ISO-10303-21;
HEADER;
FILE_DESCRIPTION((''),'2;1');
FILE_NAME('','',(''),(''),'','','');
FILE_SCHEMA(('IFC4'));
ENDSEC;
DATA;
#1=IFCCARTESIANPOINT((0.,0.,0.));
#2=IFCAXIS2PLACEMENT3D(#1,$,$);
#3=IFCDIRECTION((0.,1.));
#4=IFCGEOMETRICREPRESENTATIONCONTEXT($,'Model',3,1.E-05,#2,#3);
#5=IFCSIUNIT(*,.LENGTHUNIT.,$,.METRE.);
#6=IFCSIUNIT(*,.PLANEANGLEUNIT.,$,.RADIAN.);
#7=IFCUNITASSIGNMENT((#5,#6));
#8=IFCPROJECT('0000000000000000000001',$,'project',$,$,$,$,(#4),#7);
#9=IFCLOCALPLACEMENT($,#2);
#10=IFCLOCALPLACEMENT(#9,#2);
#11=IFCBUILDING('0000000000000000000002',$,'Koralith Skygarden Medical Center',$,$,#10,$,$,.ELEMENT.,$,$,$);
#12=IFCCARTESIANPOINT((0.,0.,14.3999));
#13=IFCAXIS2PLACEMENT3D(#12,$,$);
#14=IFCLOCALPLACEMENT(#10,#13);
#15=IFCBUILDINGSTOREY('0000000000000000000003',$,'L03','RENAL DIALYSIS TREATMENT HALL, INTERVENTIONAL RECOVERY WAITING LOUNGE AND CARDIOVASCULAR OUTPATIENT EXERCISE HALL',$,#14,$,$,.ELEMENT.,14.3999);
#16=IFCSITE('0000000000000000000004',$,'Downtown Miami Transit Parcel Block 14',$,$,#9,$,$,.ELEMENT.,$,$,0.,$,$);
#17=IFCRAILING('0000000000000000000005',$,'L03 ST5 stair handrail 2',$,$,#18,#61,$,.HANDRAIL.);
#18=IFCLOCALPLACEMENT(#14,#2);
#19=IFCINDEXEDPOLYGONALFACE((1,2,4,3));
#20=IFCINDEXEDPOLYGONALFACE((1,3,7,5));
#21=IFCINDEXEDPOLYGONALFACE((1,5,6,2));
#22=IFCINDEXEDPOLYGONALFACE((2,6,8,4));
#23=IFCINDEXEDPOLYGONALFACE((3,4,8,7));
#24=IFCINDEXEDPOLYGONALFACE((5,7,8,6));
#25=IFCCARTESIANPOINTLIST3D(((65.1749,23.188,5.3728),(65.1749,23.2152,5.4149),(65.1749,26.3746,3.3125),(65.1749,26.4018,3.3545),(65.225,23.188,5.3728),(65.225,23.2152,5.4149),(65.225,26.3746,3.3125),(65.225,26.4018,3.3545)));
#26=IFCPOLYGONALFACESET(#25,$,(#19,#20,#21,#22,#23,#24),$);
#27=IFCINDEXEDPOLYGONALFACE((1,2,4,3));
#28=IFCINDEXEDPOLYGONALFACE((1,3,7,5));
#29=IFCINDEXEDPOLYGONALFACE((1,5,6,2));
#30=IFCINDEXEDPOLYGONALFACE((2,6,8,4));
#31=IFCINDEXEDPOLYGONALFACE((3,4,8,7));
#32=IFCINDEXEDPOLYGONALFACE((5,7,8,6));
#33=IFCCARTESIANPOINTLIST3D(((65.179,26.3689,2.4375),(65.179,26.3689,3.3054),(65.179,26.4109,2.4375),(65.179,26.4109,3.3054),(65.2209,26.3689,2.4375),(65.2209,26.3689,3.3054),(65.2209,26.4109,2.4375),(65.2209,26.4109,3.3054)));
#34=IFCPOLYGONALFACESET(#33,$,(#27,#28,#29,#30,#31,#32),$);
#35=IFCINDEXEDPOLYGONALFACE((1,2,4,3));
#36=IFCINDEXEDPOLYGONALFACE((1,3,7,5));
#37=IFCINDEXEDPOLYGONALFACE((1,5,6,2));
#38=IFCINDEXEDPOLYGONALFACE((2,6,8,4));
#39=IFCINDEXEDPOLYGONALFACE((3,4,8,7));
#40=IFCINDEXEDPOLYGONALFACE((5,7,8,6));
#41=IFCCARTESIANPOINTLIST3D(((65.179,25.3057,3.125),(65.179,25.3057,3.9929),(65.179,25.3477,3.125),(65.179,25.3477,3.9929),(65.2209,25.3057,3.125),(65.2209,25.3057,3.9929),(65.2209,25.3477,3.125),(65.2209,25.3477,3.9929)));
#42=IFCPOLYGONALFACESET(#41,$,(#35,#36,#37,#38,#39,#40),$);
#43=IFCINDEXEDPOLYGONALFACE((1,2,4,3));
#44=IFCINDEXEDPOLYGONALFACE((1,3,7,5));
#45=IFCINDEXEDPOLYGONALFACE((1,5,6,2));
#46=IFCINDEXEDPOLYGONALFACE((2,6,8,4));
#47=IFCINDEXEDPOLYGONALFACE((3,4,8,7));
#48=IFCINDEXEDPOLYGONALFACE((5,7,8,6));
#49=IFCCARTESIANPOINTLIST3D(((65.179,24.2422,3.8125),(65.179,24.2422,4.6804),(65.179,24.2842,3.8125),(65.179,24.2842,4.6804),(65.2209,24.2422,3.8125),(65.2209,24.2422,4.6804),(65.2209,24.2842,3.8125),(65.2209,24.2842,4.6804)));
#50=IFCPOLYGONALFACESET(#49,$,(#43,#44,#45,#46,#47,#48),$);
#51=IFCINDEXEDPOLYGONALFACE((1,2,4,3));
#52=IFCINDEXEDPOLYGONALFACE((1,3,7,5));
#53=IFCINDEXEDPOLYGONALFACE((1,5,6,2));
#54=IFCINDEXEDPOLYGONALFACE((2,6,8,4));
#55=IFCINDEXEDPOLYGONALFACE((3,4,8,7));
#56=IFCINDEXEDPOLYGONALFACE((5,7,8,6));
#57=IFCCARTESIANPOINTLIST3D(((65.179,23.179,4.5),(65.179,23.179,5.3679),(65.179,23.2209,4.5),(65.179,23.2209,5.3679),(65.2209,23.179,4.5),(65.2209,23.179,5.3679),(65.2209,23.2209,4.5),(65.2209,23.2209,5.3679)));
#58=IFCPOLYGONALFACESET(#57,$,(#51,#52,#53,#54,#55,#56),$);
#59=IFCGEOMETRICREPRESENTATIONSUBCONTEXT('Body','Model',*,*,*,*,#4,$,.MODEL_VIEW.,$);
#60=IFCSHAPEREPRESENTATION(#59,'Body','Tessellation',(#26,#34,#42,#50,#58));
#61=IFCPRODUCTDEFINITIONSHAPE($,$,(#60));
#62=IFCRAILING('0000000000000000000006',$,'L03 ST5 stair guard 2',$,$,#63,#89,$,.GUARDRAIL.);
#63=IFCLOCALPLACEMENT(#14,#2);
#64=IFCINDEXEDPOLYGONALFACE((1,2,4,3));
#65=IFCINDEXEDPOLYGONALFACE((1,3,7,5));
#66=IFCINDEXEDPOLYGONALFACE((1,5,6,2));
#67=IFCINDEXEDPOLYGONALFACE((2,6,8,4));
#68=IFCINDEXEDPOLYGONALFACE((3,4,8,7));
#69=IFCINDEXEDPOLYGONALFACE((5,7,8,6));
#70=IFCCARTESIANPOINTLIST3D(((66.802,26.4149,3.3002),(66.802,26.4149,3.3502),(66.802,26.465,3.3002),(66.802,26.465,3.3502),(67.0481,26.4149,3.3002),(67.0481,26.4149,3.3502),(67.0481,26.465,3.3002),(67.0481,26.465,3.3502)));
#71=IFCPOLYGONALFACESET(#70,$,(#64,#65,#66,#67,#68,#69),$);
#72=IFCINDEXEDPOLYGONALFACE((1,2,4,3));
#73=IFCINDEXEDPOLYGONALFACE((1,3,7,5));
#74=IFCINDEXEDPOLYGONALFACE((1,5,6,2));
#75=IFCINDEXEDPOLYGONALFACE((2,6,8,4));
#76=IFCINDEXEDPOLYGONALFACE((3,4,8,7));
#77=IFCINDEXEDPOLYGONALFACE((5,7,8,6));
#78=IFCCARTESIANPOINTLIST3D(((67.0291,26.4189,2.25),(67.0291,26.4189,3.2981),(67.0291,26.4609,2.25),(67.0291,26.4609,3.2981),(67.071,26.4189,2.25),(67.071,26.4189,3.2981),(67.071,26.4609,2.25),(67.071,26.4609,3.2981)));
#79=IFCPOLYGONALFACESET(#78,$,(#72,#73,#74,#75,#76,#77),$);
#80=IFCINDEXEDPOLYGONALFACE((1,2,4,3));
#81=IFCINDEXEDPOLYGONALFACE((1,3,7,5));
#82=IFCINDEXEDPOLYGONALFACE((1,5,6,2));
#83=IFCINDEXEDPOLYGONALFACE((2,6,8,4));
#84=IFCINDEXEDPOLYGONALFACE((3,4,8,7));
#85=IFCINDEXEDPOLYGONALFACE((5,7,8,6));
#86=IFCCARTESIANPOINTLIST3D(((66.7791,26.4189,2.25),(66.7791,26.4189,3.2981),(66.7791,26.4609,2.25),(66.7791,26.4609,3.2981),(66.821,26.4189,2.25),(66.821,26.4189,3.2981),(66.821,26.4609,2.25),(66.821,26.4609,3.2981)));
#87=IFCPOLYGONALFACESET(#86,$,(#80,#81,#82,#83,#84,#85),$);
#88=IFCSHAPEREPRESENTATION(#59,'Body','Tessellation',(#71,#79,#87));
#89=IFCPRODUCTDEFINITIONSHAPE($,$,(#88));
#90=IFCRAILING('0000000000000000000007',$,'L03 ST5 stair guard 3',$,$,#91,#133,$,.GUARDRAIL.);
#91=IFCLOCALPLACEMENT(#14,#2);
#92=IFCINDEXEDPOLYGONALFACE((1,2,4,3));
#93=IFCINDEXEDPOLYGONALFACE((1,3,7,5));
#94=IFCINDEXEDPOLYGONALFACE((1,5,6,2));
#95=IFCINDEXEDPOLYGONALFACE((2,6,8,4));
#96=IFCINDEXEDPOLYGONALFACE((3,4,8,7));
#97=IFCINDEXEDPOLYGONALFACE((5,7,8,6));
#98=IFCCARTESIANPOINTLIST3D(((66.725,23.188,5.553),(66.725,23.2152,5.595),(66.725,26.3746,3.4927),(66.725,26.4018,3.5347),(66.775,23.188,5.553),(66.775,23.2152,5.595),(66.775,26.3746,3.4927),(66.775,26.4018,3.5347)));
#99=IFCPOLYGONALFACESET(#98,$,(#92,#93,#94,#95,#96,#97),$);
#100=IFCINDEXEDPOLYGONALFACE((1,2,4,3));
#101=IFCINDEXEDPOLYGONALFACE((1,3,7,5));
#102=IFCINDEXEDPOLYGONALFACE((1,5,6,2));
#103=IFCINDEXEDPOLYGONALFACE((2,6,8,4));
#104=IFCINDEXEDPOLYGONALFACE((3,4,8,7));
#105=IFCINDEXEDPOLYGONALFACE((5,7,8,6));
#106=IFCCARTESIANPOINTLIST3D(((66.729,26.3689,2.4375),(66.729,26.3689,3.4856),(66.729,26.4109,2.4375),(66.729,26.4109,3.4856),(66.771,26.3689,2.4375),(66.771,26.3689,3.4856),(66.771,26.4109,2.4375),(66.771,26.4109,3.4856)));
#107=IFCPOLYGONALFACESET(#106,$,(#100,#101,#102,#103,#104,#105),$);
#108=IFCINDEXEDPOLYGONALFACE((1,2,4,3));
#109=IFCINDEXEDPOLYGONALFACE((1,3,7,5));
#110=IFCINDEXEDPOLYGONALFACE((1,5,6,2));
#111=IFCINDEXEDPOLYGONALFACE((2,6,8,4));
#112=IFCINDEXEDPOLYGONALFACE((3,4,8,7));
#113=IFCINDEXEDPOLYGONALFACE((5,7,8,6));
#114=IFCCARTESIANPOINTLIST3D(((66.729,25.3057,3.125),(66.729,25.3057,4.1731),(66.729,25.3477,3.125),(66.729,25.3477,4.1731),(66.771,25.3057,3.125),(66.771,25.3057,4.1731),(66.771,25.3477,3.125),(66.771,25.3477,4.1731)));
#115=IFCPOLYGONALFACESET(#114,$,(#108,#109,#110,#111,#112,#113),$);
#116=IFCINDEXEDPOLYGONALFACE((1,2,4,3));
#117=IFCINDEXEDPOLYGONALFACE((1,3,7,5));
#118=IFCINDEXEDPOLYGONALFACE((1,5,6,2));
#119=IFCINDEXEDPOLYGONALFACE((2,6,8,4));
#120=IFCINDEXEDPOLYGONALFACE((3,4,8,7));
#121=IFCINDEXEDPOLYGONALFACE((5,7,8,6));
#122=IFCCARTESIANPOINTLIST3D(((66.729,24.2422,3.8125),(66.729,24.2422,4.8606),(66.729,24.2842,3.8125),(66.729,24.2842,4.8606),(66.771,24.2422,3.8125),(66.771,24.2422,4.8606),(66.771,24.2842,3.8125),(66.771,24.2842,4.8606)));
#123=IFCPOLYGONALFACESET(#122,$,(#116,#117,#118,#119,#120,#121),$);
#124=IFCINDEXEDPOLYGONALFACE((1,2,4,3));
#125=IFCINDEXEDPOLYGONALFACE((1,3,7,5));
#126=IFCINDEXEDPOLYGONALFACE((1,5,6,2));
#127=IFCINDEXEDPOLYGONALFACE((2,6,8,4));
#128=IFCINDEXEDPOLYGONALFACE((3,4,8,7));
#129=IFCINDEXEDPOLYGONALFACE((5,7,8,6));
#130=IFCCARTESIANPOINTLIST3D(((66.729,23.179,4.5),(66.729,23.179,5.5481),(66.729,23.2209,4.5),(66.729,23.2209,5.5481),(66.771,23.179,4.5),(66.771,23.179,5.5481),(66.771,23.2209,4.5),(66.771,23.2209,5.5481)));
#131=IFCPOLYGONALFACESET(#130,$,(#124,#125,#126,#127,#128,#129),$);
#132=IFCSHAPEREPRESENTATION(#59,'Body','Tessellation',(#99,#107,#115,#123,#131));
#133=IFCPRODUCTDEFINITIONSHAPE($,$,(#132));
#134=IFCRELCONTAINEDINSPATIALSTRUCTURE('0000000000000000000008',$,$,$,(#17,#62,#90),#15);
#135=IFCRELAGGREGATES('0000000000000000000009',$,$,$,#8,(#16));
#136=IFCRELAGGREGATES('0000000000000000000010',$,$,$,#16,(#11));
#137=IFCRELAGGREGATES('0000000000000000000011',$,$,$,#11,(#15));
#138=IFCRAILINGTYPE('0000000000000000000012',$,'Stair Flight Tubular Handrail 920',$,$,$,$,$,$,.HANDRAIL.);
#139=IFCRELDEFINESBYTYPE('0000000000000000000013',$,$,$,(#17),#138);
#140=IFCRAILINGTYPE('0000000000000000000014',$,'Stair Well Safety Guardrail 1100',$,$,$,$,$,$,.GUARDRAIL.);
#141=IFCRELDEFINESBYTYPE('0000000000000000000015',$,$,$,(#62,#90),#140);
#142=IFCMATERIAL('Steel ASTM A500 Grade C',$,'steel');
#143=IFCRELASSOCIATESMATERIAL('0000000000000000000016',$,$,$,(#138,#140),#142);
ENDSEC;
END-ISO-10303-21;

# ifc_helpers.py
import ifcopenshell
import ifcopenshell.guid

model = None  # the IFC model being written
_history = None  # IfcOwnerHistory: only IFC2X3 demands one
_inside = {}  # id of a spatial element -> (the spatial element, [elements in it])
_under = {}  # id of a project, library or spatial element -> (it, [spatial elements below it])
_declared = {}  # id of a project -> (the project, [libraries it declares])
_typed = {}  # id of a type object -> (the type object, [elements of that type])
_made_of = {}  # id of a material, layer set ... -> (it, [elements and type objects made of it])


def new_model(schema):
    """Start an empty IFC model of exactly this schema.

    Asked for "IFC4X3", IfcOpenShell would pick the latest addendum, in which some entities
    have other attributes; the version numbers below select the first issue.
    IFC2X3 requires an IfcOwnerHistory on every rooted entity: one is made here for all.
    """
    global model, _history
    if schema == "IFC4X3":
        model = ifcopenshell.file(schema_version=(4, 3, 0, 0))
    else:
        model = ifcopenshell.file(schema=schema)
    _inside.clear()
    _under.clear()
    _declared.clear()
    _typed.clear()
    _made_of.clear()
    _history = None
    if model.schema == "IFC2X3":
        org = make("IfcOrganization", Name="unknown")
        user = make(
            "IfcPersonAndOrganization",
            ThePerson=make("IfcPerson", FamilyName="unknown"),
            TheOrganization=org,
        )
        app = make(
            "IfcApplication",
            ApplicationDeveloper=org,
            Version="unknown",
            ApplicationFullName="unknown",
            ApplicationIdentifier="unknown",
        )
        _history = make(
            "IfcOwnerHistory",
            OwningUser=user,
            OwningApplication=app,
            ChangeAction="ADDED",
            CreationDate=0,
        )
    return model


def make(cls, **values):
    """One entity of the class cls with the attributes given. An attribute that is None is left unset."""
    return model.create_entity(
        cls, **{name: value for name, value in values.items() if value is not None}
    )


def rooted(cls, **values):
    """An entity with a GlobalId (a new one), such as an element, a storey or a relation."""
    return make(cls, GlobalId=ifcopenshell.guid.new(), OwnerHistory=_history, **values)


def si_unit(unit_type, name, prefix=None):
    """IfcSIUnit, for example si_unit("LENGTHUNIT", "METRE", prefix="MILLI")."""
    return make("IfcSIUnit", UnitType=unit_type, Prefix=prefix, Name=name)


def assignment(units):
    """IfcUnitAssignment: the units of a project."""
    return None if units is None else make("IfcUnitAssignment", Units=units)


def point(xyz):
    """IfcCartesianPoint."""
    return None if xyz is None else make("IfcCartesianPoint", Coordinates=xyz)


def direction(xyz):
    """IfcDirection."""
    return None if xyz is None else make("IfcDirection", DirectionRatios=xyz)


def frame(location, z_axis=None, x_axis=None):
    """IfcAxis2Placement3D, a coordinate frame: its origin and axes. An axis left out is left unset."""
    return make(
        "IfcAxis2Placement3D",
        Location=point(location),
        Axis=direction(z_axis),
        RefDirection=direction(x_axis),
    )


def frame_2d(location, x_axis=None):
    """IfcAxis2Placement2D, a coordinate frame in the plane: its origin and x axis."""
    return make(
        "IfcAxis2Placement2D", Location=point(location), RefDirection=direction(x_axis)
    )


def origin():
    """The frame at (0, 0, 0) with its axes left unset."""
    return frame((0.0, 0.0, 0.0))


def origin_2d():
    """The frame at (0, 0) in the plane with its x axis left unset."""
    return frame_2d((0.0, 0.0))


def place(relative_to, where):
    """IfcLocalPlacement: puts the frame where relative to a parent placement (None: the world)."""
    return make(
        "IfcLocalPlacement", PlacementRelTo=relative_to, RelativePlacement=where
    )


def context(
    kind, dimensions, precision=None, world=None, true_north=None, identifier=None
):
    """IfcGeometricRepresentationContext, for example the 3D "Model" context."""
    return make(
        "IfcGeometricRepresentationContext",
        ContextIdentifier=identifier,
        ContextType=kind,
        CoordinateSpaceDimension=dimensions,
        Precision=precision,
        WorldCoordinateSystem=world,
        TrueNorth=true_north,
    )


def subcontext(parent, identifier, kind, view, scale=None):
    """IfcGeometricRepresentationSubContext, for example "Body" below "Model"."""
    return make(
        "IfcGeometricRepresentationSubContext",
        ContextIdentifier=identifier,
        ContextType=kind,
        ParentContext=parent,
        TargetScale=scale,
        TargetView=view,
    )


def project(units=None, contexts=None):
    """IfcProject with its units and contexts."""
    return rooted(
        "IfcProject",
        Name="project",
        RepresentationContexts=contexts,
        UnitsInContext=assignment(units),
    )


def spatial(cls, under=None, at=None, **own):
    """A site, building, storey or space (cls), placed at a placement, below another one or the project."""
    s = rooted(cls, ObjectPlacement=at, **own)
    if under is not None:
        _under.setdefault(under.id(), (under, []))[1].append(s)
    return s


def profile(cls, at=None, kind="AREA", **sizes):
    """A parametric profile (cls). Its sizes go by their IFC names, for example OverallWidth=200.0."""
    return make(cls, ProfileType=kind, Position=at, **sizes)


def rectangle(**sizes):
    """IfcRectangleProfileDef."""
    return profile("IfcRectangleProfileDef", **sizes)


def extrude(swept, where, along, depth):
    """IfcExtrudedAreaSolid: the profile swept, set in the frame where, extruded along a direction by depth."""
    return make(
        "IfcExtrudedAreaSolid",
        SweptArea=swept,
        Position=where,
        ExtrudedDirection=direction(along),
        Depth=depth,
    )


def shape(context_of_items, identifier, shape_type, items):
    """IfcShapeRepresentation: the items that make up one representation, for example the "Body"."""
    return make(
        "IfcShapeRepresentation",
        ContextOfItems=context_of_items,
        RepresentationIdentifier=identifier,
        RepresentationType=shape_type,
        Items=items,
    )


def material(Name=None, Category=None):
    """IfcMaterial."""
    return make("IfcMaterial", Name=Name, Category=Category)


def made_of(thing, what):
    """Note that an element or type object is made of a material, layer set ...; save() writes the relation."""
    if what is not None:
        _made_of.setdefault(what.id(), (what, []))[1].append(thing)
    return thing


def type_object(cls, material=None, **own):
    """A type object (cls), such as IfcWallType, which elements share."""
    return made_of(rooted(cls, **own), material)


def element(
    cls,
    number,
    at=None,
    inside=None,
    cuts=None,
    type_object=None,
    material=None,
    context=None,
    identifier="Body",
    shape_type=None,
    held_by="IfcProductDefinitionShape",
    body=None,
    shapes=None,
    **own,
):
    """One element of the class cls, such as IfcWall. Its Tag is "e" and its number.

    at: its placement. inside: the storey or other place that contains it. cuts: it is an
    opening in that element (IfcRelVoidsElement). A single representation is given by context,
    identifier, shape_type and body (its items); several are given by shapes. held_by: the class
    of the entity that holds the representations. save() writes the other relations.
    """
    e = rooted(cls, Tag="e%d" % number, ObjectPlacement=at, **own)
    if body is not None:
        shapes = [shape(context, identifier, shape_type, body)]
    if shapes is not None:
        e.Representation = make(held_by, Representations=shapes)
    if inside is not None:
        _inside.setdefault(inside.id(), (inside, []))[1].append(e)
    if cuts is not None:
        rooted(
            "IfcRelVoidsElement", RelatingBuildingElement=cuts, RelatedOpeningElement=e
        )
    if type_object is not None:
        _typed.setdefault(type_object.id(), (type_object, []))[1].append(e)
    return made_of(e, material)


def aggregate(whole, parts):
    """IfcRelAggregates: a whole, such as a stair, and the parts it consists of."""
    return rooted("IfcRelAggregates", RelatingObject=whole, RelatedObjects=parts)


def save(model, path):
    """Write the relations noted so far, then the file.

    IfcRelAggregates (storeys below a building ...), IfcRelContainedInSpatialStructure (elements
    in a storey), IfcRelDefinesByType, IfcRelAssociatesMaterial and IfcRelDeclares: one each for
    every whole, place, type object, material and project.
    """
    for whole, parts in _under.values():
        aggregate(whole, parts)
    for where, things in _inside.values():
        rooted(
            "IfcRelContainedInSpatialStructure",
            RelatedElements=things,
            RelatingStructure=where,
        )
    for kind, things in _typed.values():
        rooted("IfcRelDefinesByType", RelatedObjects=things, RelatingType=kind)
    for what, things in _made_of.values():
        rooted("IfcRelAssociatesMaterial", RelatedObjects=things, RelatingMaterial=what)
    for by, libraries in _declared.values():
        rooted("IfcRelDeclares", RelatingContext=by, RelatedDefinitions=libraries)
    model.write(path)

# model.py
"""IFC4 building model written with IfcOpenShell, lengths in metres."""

from ifc_helpers import new_model, si_unit, direction, frame, origin, origin_2d, place, context, subcontext, project, spatial, rectangle, extrude, material, type_object, element, save


model = new_model("IFC4")

# Units and contexts
model_context = context("Model", 3, precision=1e-05, world=origin(), true_north=direction((0.0, 1.0)))
body_context = subcontext(model_context, "Body", "Model", "MODEL_VIEW")
ifc_project = project(units=[si_unit("LENGTHUNIT", "METRE"), si_unit("PLANEANGLEUNIT", "RADIAN")], contexts=[model_context])

# Site, building, storey
site_placement = place(None, origin())
site = spatial("IfcSite", under=ifc_project, at=site_placement, Name="Downtown Miami Transit Parcel Block 14", CompositionType="ELEMENT", RefElevation=0.0)
building_placement = place(site_placement, origin())
building = spatial("IfcBuilding", under=site, at=building_placement, Name="Koralith Skygarden Medical Center", CompositionType="ELEMENT")
storey_placement = place(building_placement, frame((0.0, 0.0, 14.3999)))
storey = spatial("IfcBuildingStorey", under=building, at=storey_placement, Name="L03", Description="RENAL DIALYSIS TREATMENT HALL, INTERVENTIONAL RECOVERY WAITING LOUNGE AND CARDIOVASCULAR OUTPATIENT EXERCISE HALL", CompositionType="ELEMENT", Elevation=14.3999)

# Railings
ifc_material_1 = material(Name="Steel ASTM A500 Grade C", Category="steel")
railing_type_1 = type_object("IfcRailingType", Name="Stair Flight Tubular Handrail 920", PredefinedType="HANDRAIL", material=ifc_material_1)
railing_1_placement = place(storey_placement, frame((65.2, 26.3899, 2.4375)))
element("IfcRailing", 1, at=railing_1_placement, inside=storey, type_object=railing_type_1, Name="L03 ST5 stair handrail 2", PredefinedType="HANDRAIL", context=body_context, shape_type="SweptSolid", body=[
    extrude(rectangle(XDim=0.05, YDim=0.05, at=origin_2d()), frame((0.0, -0.0017, 0.896), z_axis=(0.0, -0.83976, 0.542958), x_axis=(1.0, 0.0, 0.0)), (0.0, 0.0, 1.0), 3.7947),
    extrude(rectangle(XDim=0.042, YDim=0.042, at=origin_2d()), origin(), (0.0, 0.0, 1.0), 0.8679),
    extrude(rectangle(XDim=0.042, YDim=0.042, at=origin_2d()), frame((0.0, -1.0632, 0.6875)), (0.0, 0.0, 1.0), 0.8679),
    extrude(rectangle(XDim=0.042, YDim=0.042, at=origin_2d()), frame((0.0, -2.1267, 1.375)), (0.0, 0.0, 1.0), 0.8679),
    extrude(rectangle(XDim=0.042, YDim=0.042, at=origin_2d()), frame((0.0, -3.1899, 2.0625)), (0.0, 0.0, 1.0), 0.8679),
])
railing_type_2 = type_object("IfcRailingType", Name="Stair Well Safety Guardrail 1100", PredefinedType="GUARDRAIL", material=ifc_material_1)
railing_2_placement = place(storey_placement, frame((67.05, 26.4399, 2.25)))
element("IfcRailing", 2, at=railing_2_placement, inside=storey, type_object=railing_type_2, Name="L03 ST5 stair guard 2", PredefinedType="GUARDRAIL", context=body_context, shape_type="SweptSolid", body=[
    extrude(rectangle(XDim=0.05, YDim=0.05, at=origin_2d()), frame((-0.002, 0.0, 1.0752), z_axis=(-1.0, 0.0, 0.0), x_axis=(0.0, -1.0, 0.0)), (0.0, 0.0, 1.0), 0.2461),
    extrude(rectangle(XDim=0.042, YDim=0.042, at=origin_2d()), origin(), (0.0, 0.0, 1.0), 1.0481),
    extrude(rectangle(XDim=0.042, YDim=0.042, at=origin_2d()), frame((-0.25, 0.0, 0.0)), (0.0, 0.0, 1.0), 1.0481),
])
railing_3_placement = place(storey_placement, frame((66.75, 26.3899, 2.4375)))
element("IfcRailing", 3, at=railing_3_placement, inside=storey, type_object=railing_type_2, Name="L03 ST5 stair guard 3", PredefinedType="GUARDRAIL", context=body_context, shape_type="SweptSolid", body=[
    extrude(rectangle(XDim=0.05, YDim=0.05, at=origin_2d()), frame((0.0, -0.0017, 1.0762), z_axis=(0.0, -0.83976, 0.542958), x_axis=(1.0, 0.0, 0.0)), (0.0, 0.0, 1.0), 3.7947),
    extrude(rectangle(XDim=0.042, YDim=0.042, at=origin_2d()), origin(), (0.0, 0.0, 1.0), 1.0481),
    extrude(rectangle(XDim=0.042, YDim=0.042, at=origin_2d()), frame((0.0, -1.0632, 0.6875)), (0.0, 0.0, 1.0), 1.0481),
    extrude(rectangle(XDim=0.042, YDim=0.042, at=origin_2d()), frame((0.0, -2.1267, 1.375)), (0.0, 0.0, 1.0), 1.0481),
    extrude(rectangle(XDim=0.042, YDim=0.042, at=origin_2d()), frame((0.0, -3.1899, 2.0625)), (0.0, 0.0, 1.0), 1.0481),
])

save(model, "model.ifc")
